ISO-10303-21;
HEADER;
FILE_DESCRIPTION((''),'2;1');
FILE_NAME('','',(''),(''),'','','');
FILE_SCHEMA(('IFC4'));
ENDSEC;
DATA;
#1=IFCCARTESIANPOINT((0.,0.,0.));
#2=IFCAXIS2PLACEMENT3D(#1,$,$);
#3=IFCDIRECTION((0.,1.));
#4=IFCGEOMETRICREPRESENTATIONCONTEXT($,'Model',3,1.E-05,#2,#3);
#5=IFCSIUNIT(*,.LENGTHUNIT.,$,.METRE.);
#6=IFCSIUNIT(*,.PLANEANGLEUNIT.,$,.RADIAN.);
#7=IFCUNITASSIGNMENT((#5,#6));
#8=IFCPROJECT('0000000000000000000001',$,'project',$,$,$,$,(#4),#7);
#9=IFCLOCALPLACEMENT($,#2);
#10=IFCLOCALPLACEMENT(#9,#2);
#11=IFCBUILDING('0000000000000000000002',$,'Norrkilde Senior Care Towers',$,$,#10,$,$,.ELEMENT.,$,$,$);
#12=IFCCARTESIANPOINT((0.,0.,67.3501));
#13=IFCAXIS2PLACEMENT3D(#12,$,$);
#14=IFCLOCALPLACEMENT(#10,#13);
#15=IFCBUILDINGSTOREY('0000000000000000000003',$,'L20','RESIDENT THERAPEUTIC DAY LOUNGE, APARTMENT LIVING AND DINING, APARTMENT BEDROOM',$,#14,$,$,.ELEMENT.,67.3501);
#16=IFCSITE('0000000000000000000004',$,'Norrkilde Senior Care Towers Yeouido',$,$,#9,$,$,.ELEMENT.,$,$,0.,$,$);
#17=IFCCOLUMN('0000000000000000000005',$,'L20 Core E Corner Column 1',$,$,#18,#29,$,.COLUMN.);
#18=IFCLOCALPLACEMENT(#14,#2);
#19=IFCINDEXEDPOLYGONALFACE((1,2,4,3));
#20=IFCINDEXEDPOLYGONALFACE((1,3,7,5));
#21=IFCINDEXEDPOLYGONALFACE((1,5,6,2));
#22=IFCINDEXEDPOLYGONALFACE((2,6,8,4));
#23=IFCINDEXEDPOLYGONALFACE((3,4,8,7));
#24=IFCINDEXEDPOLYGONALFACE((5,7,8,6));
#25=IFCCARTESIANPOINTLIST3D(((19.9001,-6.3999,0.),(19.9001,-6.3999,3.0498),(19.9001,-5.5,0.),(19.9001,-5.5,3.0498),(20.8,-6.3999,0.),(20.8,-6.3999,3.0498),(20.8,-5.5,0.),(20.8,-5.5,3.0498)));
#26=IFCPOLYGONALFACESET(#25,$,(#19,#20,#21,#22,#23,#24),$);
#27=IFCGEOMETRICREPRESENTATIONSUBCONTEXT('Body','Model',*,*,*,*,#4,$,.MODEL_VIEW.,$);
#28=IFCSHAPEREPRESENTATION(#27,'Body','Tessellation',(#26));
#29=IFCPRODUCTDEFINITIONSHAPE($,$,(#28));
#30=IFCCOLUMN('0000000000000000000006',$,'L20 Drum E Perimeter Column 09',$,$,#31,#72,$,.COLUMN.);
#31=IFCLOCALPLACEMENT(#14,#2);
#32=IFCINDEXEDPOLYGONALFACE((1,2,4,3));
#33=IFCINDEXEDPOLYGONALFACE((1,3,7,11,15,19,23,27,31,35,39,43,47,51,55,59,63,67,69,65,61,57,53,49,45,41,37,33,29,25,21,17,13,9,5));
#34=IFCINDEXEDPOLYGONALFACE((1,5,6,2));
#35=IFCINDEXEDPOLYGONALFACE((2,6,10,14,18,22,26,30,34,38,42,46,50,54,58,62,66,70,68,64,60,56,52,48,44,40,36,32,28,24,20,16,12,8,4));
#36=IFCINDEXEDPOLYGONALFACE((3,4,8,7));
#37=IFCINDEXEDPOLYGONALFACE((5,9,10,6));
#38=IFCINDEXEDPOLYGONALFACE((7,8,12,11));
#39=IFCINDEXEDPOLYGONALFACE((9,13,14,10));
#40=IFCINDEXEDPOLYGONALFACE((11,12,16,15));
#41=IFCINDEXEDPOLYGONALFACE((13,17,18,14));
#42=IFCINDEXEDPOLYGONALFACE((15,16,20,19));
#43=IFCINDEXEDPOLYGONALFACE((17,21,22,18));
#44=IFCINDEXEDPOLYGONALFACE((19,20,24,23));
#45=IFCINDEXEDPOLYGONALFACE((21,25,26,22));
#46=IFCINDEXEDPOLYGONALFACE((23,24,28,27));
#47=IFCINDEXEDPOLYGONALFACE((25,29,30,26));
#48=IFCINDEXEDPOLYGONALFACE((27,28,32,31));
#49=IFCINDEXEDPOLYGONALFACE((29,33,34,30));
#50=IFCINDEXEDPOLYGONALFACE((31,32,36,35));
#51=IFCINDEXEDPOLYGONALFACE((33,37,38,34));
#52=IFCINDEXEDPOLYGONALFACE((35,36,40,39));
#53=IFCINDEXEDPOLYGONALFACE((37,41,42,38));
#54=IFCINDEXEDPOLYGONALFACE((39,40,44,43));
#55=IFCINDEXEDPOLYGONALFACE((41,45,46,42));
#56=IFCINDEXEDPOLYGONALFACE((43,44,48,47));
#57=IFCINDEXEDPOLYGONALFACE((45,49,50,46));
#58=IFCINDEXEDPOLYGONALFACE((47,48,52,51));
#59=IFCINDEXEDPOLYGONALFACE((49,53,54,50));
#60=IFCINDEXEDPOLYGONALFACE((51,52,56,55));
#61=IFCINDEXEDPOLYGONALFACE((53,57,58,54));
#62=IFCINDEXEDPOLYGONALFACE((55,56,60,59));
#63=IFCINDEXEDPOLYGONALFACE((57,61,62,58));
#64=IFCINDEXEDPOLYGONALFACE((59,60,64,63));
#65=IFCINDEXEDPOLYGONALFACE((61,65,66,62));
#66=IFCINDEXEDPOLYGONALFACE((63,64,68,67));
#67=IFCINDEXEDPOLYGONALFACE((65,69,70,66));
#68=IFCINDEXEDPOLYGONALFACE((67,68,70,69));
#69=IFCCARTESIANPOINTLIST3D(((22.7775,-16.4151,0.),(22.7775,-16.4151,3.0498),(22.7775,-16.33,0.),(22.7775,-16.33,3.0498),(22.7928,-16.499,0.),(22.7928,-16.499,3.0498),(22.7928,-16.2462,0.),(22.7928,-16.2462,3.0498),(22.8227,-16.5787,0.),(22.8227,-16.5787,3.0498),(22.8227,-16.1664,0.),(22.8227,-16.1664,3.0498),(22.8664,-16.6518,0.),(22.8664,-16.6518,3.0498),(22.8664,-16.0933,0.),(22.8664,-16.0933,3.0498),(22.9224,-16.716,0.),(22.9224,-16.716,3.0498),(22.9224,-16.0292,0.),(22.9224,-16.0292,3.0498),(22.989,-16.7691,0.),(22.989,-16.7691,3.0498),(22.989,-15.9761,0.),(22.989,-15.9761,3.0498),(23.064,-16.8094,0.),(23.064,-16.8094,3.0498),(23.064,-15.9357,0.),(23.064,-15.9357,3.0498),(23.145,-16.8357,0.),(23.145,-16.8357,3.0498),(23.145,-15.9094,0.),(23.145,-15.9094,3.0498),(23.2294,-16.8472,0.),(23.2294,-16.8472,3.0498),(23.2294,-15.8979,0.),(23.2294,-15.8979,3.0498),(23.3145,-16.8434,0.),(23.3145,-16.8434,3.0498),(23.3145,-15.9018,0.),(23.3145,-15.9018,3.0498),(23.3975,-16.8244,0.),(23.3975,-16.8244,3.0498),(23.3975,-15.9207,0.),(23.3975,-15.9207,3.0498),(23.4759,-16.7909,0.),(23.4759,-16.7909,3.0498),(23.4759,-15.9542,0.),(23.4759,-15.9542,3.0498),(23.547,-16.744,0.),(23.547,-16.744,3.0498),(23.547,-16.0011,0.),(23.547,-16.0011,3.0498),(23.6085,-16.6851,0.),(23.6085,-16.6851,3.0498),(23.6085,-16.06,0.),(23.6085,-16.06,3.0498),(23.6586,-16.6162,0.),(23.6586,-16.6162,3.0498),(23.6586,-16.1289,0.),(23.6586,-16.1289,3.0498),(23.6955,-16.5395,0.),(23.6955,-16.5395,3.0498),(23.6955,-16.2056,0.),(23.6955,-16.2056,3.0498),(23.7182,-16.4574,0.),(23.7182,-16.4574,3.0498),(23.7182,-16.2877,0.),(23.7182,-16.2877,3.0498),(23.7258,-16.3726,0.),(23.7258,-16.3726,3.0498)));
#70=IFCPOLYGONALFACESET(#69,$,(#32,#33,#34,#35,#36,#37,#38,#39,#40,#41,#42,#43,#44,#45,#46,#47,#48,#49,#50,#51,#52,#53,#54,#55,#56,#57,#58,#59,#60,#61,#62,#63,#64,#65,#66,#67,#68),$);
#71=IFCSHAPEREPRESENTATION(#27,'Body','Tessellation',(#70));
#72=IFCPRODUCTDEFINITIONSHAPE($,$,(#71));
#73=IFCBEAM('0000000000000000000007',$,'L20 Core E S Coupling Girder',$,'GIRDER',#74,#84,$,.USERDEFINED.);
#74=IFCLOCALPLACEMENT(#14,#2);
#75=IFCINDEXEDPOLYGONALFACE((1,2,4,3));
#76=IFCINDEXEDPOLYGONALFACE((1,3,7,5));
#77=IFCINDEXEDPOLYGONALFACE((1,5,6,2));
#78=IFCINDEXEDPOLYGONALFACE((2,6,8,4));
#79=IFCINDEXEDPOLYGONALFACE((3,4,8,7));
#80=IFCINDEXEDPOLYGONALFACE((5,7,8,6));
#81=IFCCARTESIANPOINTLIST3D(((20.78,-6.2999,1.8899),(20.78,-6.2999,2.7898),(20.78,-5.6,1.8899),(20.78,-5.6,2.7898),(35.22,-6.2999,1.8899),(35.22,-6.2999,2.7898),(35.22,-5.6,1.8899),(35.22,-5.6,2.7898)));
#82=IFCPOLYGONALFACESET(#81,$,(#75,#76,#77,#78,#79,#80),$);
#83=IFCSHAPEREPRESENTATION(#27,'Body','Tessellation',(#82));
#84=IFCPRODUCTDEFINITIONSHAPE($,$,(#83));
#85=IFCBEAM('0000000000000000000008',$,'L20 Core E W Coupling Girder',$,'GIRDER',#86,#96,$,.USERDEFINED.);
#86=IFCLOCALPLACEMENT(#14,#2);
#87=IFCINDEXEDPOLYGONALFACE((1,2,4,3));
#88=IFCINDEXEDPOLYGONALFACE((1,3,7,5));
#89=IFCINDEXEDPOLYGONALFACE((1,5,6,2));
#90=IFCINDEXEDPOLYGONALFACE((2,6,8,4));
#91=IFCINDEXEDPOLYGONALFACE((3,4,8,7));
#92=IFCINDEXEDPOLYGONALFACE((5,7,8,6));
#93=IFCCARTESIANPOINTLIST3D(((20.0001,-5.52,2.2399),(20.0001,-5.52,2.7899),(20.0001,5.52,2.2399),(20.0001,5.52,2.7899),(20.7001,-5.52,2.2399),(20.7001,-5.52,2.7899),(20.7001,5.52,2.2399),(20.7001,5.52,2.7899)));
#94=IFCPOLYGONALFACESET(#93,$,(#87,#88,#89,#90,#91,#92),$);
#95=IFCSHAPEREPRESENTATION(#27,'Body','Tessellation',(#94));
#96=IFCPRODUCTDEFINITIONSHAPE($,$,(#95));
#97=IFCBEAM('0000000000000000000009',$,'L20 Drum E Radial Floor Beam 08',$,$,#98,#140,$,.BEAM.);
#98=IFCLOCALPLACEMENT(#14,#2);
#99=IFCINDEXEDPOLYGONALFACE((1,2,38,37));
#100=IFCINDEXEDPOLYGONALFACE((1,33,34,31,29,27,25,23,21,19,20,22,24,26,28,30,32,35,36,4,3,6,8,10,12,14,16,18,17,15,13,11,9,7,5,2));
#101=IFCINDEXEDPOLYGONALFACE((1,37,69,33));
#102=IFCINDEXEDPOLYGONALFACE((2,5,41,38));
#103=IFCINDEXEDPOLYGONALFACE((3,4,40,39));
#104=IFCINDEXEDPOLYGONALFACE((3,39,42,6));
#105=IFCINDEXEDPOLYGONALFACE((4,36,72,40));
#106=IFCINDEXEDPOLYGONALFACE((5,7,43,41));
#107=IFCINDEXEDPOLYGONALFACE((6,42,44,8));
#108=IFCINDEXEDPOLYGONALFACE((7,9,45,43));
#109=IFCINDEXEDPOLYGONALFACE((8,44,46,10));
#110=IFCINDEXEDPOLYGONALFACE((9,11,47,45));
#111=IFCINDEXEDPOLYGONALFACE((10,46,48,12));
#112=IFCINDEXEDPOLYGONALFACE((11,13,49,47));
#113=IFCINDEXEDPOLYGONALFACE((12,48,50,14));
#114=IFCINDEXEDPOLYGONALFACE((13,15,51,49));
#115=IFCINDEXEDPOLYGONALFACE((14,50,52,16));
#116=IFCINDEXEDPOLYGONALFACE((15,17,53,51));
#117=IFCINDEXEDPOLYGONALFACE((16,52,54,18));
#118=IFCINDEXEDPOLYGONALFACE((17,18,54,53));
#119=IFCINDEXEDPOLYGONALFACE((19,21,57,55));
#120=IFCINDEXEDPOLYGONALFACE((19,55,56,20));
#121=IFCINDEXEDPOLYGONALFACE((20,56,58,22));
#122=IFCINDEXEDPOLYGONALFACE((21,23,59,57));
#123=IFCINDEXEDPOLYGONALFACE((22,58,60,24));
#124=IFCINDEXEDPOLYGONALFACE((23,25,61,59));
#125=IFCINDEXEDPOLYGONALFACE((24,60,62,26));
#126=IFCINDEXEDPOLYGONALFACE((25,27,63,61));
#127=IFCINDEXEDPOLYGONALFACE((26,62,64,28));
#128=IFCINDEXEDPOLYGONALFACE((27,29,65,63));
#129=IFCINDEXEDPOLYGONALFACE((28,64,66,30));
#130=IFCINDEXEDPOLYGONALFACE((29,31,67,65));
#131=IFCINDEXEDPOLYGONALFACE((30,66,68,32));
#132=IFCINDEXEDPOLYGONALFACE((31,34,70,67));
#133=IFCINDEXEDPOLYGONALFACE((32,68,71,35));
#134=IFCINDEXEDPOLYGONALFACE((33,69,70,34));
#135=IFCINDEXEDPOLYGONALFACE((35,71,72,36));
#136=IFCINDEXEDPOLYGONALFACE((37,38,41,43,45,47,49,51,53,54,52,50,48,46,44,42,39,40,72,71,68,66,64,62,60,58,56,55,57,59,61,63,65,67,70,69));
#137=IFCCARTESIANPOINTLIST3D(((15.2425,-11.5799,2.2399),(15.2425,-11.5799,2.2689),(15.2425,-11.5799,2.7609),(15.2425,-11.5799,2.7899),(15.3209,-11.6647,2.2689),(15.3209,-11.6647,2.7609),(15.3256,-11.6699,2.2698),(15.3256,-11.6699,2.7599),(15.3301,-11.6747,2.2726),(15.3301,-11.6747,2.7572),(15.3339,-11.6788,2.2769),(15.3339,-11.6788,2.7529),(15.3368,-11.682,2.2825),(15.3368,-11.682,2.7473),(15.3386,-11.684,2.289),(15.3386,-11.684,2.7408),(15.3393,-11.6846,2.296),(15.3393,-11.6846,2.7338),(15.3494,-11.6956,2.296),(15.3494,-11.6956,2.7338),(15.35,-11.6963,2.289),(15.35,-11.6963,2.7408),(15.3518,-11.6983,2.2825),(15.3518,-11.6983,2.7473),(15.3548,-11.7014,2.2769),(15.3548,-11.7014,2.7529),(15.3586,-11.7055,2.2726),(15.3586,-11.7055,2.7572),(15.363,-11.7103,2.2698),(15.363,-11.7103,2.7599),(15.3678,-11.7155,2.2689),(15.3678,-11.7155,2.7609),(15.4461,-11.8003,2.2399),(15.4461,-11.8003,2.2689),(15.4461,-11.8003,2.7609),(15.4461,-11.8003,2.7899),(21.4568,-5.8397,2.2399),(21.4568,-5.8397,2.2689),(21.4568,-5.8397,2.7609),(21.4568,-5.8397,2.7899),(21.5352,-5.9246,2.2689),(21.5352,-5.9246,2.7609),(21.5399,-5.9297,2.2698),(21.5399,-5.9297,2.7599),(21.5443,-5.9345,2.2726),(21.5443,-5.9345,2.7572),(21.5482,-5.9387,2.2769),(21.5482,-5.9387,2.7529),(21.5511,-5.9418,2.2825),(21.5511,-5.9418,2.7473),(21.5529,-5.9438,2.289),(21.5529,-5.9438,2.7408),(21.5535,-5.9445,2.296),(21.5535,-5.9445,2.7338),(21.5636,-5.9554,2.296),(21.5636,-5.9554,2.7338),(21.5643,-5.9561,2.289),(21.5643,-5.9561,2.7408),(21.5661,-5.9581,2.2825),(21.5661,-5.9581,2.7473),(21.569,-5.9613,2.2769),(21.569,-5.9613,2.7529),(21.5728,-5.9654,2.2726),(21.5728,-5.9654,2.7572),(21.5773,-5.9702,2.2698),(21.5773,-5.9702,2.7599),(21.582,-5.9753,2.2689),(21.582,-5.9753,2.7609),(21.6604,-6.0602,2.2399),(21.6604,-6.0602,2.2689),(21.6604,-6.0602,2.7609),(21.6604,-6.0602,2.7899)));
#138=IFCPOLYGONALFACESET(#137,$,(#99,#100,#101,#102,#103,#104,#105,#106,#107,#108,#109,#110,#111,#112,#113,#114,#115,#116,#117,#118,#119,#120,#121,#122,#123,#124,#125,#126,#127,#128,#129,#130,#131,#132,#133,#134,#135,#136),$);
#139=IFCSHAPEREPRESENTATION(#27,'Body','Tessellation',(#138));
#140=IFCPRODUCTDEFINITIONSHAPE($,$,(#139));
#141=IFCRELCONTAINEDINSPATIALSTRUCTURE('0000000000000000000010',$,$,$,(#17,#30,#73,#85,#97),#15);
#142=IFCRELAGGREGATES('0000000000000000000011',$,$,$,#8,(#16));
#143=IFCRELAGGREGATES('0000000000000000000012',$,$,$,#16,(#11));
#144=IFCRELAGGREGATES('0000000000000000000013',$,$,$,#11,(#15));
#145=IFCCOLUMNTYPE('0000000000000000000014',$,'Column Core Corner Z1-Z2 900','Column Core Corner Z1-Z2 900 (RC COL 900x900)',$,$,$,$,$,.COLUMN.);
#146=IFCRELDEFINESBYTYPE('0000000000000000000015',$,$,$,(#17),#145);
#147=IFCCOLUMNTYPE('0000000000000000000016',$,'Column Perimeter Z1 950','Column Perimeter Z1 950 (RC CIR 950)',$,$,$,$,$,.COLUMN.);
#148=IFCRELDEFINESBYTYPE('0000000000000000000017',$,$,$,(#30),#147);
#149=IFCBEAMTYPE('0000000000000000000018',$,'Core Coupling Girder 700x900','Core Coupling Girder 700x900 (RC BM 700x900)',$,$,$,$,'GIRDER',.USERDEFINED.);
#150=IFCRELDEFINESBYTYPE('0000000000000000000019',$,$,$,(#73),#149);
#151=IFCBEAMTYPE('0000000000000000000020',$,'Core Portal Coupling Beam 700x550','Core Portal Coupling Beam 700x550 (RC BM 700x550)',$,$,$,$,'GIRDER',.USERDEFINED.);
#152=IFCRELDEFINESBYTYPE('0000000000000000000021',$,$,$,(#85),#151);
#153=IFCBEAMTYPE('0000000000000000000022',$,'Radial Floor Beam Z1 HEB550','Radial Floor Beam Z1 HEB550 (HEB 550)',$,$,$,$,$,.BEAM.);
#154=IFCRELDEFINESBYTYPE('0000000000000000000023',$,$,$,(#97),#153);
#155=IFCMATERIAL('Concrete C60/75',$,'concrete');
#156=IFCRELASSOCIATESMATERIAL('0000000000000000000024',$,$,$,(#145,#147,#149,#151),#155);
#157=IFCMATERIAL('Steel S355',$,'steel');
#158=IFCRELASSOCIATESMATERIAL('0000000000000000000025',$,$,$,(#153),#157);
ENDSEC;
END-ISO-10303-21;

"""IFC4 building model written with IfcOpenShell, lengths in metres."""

from ifc_helpers import new_model, si_unit, direction, frame, origin, origin_2d, place, context, subcontext, project, spatial, rectangle, circle, i_section, extrude, source, transform, mapped, material, material_profile, profile_set, type_object, type_shapes, element, save


model = new_model("IFC4")

# Units and contexts
model_context = context("Model", 3, precision=1e-05, world=origin(), true_north=direction((0.0, 1.0)))
body_context = subcontext(model_context, "Body", "Model", "MODEL_VIEW")
ifc_project = project(units=[si_unit("LENGTHUNIT", "METRE"), si_unit("PLANEANGLEUNIT", "RADIAN")], contexts=[model_context])

# Site, building, storey
site_placement = place(None, origin())
site = spatial("IfcSite", under=ifc_project, at=site_placement, Name="Norrkilde Senior Care Towers Yeouido", CompositionType="ELEMENT", RefElevation=0.0)
building_placement = place(site_placement, origin())
building = spatial("IfcBuilding", under=site, at=building_placement, Name="Norrkilde Senior Care Towers", CompositionType="ELEMENT")
storey_placement = place(building_placement, frame((0.0, 0.0, 67.3501)))
storey = spatial("IfcBuildingStorey", under=building, at=storey_placement, Name="L20", Description="RESIDENT THERAPEUTIC DAY LOUNGE, APARTMENT LIVING AND DINING, APARTMENT BEDROOM", CompositionType="ELEMENT", Elevation=67.3501)

# Columns
ifc_material_1 = material(Name="Concrete C60/75", Category="concrete")
ifc_material_profile_1 = material_profile(ifc_material_1, rectangle(XDim=0.8999, YDim=0.8999, at=origin_2d()), Name="RC COL 900x900")
ifc_profile_set_1 = profile_set([ifc_material_profile_1], Name="Concrete C60/75")
column_type_1 = type_object("IfcColumnType", Name="Column Core Corner Z1-Z2 900", Description="Column Core Corner Z1-Z2 900 (RC COL 900x900)", PredefinedType="COLUMN", material=ifc_profile_set_1)
shared_shape_1 = source(origin(), body_context, "Body", "SweptSolid", [
    extrude(rectangle(XDim=0.8999, YDim=0.8999, at=origin_2d()), origin(), (0.0, 0.0, 1.0), 3.0498),
])
type_shapes(column_type_1, [shared_shape_1])
column_1_placement = place(storey_placement, frame((20.3501, -5.95, 0.0), z_axis=(0.0, 0.0, 1.0), x_axis=(1.0, 0.0, 0.0)))
element("IfcColumn", 1, at=column_1_placement, inside=storey, type_object=column_type_1, Name="L20 Core E Corner Column 1", PredefinedType="COLUMN", context=body_context, shape_type="MappedRepresentation", body=[
    mapped(shared_shape_1, transform((0.0, 0.0, 0.0), x_axis=(1.0, 0.0, 0.0), y_axis=(0.0, 1.0, 0.0), z_axis=(0.0, 0.0, 1.0), scale=1.0)),
])
ifc_material_profile_2 = material_profile(ifc_material_1, circle(Radius=0.4751, at=origin_2d()), Name="RC CIR 950")
ifc_profile_set_2 = profile_set([ifc_material_profile_2], Name="Concrete C60/75")
column_type_2 = type_object("IfcColumnType", Name="Column Perimeter Z1 950", Description="Column Perimeter Z1 950 (RC CIR 950)", PredefinedType="COLUMN", material=ifc_profile_set_2)
shared_shape_2 = source(origin(), body_context, "Body", "SweptSolid", [
    extrude(circle(Radius=0.4751, at=origin_2d()), origin(), (0.0, 0.0, 1.0), 3.0498),
])
type_shapes(column_type_2, [shared_shape_2])
column_2_placement = place(storey_placement, frame((23.2507, -16.3726, 0.0), z_axis=(0.0, 0.0, 1.0), x_axis=(1.0, 0.0, 0.0)))
element("IfcColumn", 2, at=column_2_placement, inside=storey, type_object=column_type_2, Name="L20 Drum E Perimeter Column 09", PredefinedType="COLUMN", context=body_context, shape_type="MappedRepresentation", body=[
    mapped(shared_shape_2, transform((0.0, 0.0, 0.0), x_axis=(1.0, 0.0, 0.0), y_axis=(0.0, 1.0, 0.0), z_axis=(0.0, 0.0, 1.0), scale=1.0)),
])

# Beams
ifc_material_profile_3 = material_profile(ifc_material_1, rectangle(XDim=0.7, YDim=0.8999, at=origin_2d()), Name="RC BM 700x900")
ifc_profile_set_3 = profile_set([ifc_material_profile_3], Name="Concrete C60/75")
beam_type_1 = type_object("IfcBeamType", Name="Core Coupling Girder 700x900", Description="Core Coupling Girder 700x900 (RC BM 700x900)", ElementType="GIRDER", PredefinedType="USERDEFINED", material=ifc_profile_set_3)
shared_shape_3 = source(origin(), body_context, "Body", "SweptSolid", [
    extrude(rectangle(XDim=0.7, YDim=0.8999, at=origin_2d()), origin(), (0.0, 0.0, 1.0), 14.4399),
])
type_shapes(beam_type_1, [shared_shape_3])
beam_1_placement = place(storey_placement, frame((20.78, -5.95, 2.3398), z_axis=(1.0, 0.0, 0.0), x_axis=(0.0, 1.0, 0.0)))
element("IfcBeam", 3, at=beam_1_placement, inside=storey, type_object=beam_type_1, Name="L20 Core E S Coupling Girder", ObjectType="GIRDER", PredefinedType="USERDEFINED", context=body_context, shape_type="MappedRepresentation", body=[
    mapped(shared_shape_3, transform((0.0, 0.0, 0.0), x_axis=(1.0, 0.0, 0.0), y_axis=(0.0, 1.0, 0.0), z_axis=(0.0, 0.0, 1.0), scale=1.0)),
])
ifc_material_profile_4 = material_profile(ifc_material_1, rectangle(XDim=0.7, YDim=0.55, at=origin_2d()), Name="RC BM 700x550")
ifc_profile_set_4 = profile_set([ifc_material_profile_4], Name="Concrete C60/75")
beam_type_2 = type_object("IfcBeamType", Name="Core Portal Coupling Beam 700x550", Description="Core Portal Coupling Beam 700x550 (RC BM 700x550)", ElementType="GIRDER", PredefinedType="USERDEFINED", material=ifc_profile_set_4)
shared_shape_4 = source(origin(), body_context, "Body", "SweptSolid", [
    extrude(rectangle(XDim=0.7, YDim=0.55, at=origin_2d()), origin(), (0.0, 0.0, 1.0), 11.04),
])
type_shapes(beam_type_2, [shared_shape_4])
beam_2_placement = place(storey_placement, frame((20.3501, -5.52, 2.5149), z_axis=(0.0, 1.0, 0.0), x_axis=(-1.0, 0.0, 0.0)))
element("IfcBeam", 4, at=beam_2_placement, inside=storey, type_object=beam_type_2, Name="L20 Core E W Coupling Girder", ObjectType="GIRDER", PredefinedType="USERDEFINED", context=body_context, shape_type="MappedRepresentation", body=[
    mapped(shared_shape_4, transform((0.0, 0.0, 0.0), x_axis=(1.0, 0.0, 0.0), y_axis=(0.0, 1.0, 0.0), z_axis=(0.0, 0.0, 1.0), scale=1.0)),
])
ifc_material_2 = material(Name="Steel S355", Category="steel")
ifc_material_profile_5 = material_profile(ifc_material_2, i_section(OverallWidth=0.3, OverallDepth=0.55, WebThickness=0.0149, FlangeThickness=0.0291, FilletRadius=0.0271, at=origin_2d()), Name="HEB 550")
ifc_profile_set_5 = profile_set([ifc_material_profile_5], Name="Steel S355")
beam_type_3 = type_object("IfcBeamType", Name="Radial Floor Beam Z1 HEB550", Description="Radial Floor Beam Z1 HEB550 (HEB 550)", PredefinedType="BEAM", material=ifc_profile_set_5)
shared_shape_5 = source(origin(), body_context, "Body", "SweptSolid", [
    extrude(i_section(OverallWidth=0.3, OverallDepth=0.55, WebThickness=0.0149, FlangeThickness=0.0291, FilletRadius=0.0271, at=origin_2d()), origin(), (0.0, 0.0, 1.0), 8.4597),
])
beam_3_placement = place(storey_placement, frame((21.5586, -5.95, 2.5149), z_axis=(-0.734573, -0.678529, 0.0), x_axis=(0.678529, -0.734573, 0.0)))
element("IfcBeam", 5, at=beam_3_placement, inside=storey, type_object=beam_type_3, Name="L20 Drum E Radial Floor Beam 08", PredefinedType="BEAM", context=body_context, shape_type="MappedRepresentation", body=[
    mapped(shared_shape_5, transform((0.0, 0.0, 0.0), x_axis=(1.0, 0.0, 0.0), y_axis=(0.0, 1.0, 0.0), z_axis=(0.0, 0.0, 1.0), scale=1.0)),
])

save(model, "model.ifc")
